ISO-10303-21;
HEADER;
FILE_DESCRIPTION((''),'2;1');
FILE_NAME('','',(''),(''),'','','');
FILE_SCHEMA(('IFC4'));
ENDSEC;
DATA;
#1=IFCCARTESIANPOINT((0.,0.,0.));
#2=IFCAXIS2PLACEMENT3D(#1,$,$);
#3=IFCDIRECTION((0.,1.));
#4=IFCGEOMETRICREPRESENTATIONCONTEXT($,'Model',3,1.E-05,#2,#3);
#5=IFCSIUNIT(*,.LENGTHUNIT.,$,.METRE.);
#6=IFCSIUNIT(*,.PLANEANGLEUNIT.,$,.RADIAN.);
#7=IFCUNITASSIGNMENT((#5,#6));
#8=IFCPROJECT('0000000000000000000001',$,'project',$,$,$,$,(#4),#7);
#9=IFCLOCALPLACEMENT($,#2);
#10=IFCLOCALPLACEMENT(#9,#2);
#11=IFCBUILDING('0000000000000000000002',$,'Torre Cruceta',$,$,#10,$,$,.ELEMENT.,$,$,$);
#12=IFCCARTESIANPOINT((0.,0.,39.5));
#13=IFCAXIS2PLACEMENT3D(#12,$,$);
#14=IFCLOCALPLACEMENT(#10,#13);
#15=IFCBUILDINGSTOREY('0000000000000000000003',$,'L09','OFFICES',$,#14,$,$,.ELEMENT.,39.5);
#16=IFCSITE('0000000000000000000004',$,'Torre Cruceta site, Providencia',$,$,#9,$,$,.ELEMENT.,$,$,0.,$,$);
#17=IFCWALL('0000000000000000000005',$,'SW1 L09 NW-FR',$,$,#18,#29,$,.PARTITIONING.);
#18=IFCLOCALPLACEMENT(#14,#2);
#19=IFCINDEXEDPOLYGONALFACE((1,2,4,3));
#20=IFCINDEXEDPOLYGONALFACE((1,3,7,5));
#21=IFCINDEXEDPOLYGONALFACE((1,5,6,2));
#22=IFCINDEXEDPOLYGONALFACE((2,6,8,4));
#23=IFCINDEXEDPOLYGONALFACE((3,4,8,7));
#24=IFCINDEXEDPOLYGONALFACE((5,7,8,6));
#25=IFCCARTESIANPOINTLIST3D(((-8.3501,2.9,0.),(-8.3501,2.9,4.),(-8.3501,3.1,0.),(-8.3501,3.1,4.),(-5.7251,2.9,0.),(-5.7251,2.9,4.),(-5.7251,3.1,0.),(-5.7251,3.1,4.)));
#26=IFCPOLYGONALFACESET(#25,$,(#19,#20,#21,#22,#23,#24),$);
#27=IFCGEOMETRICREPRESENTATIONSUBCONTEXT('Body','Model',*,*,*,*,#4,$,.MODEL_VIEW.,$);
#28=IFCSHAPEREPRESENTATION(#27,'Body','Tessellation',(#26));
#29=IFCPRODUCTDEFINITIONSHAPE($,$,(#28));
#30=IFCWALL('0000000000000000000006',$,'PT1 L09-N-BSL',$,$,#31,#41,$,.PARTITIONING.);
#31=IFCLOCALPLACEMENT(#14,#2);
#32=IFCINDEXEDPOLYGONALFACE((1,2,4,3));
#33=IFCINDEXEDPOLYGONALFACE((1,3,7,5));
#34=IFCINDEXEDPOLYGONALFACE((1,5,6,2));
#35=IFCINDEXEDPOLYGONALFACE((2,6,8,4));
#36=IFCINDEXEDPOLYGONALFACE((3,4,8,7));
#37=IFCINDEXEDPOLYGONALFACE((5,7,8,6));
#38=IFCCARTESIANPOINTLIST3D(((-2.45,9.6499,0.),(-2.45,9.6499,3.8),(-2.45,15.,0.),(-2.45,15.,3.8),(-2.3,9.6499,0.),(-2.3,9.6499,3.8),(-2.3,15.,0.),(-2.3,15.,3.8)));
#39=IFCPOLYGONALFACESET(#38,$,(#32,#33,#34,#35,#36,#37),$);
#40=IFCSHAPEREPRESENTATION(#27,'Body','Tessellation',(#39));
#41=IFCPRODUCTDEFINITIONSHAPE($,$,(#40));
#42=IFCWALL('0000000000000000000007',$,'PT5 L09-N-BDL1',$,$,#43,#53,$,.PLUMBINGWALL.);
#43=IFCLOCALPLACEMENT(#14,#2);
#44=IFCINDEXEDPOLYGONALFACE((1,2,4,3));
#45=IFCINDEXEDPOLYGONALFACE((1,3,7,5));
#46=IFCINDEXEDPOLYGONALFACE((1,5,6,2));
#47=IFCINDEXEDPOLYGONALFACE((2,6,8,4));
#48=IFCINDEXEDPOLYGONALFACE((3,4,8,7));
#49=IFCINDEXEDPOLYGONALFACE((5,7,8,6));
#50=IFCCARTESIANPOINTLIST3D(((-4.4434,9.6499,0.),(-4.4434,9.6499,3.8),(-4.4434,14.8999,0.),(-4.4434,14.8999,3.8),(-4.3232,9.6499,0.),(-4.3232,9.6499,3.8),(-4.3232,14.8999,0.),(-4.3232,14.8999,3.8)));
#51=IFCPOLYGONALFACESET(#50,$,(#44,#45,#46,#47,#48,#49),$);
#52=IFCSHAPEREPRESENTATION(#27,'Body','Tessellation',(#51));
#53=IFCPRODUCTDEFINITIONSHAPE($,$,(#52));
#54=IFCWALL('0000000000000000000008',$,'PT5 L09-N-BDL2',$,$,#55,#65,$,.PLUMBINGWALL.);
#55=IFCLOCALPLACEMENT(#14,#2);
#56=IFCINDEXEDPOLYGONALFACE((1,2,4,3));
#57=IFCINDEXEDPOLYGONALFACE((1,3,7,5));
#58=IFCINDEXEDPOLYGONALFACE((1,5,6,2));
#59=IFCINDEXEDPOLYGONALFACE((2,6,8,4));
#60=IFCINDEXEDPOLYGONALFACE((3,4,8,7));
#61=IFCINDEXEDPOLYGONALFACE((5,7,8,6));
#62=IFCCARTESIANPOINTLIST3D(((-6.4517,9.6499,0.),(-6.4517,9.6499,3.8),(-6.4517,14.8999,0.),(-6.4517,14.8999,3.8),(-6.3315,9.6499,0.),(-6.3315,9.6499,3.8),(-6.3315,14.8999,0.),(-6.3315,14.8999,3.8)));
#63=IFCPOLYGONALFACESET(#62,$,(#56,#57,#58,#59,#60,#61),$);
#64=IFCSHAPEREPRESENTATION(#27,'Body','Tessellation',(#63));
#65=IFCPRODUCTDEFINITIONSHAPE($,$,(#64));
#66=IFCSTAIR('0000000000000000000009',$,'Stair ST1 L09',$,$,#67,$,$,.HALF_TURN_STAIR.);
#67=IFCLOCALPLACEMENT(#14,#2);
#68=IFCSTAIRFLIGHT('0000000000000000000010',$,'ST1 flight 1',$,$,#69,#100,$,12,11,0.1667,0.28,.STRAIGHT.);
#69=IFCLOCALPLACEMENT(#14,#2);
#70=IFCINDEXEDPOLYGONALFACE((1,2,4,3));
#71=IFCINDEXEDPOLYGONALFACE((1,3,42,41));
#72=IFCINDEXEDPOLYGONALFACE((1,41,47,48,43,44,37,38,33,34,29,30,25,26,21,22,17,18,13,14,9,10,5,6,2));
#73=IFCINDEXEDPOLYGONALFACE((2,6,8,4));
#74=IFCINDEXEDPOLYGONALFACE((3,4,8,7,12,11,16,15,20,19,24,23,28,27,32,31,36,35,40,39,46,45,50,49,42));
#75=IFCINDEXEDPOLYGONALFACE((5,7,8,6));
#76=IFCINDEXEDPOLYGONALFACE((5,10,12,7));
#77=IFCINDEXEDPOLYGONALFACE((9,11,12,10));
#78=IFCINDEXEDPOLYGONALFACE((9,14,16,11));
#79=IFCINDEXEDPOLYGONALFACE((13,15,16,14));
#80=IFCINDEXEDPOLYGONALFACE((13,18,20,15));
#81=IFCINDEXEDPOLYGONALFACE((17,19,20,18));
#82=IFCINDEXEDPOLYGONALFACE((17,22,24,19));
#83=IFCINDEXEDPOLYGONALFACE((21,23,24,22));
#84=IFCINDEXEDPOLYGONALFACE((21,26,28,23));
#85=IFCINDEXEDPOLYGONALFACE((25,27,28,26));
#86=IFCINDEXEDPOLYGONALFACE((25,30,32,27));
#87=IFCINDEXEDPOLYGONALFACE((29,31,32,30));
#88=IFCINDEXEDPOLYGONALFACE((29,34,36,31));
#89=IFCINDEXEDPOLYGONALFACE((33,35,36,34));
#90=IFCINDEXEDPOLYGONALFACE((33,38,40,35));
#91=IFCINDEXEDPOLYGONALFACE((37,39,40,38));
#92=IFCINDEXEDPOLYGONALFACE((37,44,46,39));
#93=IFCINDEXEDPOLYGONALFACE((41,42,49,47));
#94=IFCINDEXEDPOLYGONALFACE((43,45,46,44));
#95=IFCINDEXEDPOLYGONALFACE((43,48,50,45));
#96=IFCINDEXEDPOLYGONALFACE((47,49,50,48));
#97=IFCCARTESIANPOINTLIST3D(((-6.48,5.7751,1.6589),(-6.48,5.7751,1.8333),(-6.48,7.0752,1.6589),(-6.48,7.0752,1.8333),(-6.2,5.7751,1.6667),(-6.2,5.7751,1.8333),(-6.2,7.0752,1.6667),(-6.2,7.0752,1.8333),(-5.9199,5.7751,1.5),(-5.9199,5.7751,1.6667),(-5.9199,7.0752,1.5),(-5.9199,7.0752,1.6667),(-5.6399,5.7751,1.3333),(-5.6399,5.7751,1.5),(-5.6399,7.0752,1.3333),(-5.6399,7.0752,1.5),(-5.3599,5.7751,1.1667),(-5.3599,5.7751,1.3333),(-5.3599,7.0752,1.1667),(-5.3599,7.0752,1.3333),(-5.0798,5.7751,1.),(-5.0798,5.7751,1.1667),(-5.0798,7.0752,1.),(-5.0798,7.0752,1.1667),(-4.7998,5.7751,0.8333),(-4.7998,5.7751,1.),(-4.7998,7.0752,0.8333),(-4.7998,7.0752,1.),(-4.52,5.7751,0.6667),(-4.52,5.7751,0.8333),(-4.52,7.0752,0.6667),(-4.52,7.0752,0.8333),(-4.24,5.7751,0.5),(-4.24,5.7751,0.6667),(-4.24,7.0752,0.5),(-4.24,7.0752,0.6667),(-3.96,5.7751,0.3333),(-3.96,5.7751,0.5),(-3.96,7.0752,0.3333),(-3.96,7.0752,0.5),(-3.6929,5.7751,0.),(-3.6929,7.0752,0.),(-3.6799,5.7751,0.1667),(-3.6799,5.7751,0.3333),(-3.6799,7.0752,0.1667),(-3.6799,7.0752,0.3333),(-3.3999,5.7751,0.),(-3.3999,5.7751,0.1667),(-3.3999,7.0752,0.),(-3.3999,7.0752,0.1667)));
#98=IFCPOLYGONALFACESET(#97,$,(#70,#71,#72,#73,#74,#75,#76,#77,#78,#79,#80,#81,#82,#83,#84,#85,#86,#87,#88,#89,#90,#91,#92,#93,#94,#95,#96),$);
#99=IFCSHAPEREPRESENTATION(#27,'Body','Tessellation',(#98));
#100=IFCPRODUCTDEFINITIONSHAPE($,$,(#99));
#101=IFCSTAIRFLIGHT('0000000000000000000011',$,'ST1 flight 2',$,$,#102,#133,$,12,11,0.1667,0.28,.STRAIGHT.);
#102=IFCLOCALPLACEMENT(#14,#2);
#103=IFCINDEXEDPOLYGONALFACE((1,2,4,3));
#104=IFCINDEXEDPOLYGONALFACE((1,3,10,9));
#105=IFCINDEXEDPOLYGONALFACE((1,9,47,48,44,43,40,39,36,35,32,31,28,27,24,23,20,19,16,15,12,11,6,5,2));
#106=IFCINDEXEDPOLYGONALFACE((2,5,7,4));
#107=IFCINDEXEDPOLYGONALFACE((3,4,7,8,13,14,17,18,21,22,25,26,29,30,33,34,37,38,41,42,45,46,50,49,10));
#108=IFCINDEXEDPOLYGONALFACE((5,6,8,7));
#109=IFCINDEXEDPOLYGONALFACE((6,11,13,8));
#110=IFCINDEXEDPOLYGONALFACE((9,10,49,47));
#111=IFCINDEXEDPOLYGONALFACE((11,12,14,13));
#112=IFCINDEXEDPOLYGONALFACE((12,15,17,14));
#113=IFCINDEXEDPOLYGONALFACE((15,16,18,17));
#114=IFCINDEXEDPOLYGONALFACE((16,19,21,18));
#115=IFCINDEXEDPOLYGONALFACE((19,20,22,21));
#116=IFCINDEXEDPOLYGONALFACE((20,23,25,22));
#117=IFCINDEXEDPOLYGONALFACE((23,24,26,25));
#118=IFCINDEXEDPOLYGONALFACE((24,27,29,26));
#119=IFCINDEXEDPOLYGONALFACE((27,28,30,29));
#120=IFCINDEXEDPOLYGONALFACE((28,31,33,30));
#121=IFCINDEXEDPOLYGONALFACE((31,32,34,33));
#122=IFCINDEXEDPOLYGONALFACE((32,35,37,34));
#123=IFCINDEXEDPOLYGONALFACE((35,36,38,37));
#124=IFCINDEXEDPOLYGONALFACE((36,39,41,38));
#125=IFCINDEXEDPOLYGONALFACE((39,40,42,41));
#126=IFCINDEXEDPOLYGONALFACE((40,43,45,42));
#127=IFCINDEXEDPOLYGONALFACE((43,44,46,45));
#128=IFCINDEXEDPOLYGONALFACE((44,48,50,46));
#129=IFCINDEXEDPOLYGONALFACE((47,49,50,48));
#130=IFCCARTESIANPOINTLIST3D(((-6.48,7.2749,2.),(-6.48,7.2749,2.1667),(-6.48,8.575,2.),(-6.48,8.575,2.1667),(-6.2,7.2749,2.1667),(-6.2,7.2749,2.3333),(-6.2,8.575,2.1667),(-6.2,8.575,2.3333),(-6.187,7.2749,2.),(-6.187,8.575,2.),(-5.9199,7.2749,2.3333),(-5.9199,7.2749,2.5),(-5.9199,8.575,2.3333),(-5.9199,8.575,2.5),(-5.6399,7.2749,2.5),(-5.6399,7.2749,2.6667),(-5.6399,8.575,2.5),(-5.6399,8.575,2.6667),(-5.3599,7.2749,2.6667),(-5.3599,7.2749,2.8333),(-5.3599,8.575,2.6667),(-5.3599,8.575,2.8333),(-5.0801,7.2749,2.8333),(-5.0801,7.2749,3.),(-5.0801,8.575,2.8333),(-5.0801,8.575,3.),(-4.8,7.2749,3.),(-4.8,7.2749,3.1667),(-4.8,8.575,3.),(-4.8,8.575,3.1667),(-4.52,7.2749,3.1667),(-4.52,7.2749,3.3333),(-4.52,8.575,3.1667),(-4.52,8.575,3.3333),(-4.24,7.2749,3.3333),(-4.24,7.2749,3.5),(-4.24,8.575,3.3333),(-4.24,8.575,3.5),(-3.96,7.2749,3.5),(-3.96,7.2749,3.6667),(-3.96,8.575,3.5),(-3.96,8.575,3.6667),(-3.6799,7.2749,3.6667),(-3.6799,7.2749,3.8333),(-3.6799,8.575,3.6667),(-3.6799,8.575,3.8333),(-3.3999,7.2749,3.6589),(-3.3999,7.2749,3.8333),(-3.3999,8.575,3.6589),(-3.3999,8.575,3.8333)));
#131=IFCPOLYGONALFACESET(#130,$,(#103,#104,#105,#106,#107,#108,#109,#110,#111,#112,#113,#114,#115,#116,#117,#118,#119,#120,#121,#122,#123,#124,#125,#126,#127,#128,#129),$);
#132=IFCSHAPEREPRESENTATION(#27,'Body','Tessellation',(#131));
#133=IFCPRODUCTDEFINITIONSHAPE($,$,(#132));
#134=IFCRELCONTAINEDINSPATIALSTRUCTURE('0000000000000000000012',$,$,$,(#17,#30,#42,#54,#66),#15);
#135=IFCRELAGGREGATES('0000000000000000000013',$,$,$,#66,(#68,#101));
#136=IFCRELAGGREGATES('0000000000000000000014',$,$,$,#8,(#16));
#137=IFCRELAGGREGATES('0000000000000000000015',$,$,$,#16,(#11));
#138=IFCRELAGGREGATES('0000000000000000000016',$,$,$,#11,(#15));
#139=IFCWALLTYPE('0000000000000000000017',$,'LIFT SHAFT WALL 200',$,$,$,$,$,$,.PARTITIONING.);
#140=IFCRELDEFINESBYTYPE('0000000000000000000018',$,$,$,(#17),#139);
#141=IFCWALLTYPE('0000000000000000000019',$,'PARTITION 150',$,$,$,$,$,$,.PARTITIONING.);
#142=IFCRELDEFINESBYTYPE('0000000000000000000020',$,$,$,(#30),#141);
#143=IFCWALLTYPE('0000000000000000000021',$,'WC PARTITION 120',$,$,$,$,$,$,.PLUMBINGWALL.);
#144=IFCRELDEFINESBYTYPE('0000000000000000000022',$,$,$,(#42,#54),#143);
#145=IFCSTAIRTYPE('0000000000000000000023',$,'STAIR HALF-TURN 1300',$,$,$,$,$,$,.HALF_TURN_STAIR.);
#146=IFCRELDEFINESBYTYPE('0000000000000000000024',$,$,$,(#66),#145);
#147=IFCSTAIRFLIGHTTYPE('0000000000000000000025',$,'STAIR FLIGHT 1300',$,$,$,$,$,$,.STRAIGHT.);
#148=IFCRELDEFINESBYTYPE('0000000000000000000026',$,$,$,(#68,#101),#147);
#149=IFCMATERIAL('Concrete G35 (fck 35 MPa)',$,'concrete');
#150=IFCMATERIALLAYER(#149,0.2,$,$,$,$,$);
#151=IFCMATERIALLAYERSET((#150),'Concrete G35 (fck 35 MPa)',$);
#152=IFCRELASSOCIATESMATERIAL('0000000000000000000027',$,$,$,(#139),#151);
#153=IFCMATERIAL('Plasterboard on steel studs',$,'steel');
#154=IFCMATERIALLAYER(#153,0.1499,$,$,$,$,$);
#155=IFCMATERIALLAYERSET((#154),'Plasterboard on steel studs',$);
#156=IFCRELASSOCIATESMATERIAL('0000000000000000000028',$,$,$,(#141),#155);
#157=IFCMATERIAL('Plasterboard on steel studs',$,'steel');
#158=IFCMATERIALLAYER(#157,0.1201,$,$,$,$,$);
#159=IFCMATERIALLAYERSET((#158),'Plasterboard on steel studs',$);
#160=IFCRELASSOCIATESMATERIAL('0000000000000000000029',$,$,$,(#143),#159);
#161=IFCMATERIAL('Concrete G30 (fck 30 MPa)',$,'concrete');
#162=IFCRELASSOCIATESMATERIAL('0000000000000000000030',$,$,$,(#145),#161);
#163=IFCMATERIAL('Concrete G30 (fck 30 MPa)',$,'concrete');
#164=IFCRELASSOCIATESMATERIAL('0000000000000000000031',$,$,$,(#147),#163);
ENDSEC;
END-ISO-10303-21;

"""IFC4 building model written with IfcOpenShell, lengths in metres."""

from ifc_helpers import new_model, si_unit, direction, frame, frame_2d, origin, place, context, subcontext, project, spatial, polyline, rectangle, outline, extrude, material, layer, layer_set, type_object, element, aggregate, save


model = new_model("IFC4")

# Units and contexts
model_context = context("Model", 3, precision=1e-05, world=origin(), true_north=direction((0.0, 1.0)))
body_context = subcontext(model_context, "Body", "Model", "MODEL_VIEW")
ifc_project = project(units=[si_unit("LENGTHUNIT", "METRE"), si_unit("PLANEANGLEUNIT", "RADIAN")], contexts=[model_context])

# Site, building, storey
site_placement = place(None, origin())
site = spatial("IfcSite", under=ifc_project, at=site_placement, Name="Torre Cruceta site, Providencia", CompositionType="ELEMENT", RefElevation=0.0)
building_placement = place(site_placement, origin())
building = spatial("IfcBuilding", under=site, at=building_placement, Name="Torre Cruceta", CompositionType="ELEMENT")
storey_placement = place(building_placement, frame((0.0, 0.0, 39.5)))
storey = spatial("IfcBuildingStorey", under=building, at=storey_placement, Name="L09", Description="OFFICES", CompositionType="ELEMENT", Elevation=39.5)

# Walls
ifc_material_1 = material(Name="Concrete G35 (fck 35 MPa)", Category="concrete")
ifc_layer_1 = layer(ifc_material_1, 0.2)
ifc_layer_set_1 = layer_set([ifc_layer_1], Name="Concrete G35 (fck 35 MPa)")
wall_type_1 = type_object("IfcWallType", Name="LIFT SHAFT WALL 200", PredefinedType="PARTITIONING", material=ifc_layer_set_1)
wall_1_placement = place(storey_placement, frame((-5.7251, 3.0, 0.0), z_axis=(0.0, 0.0, 1.0), x_axis=(-1.0, 0.0, 0.0)))
element("IfcWall", 1, at=wall_1_placement, inside=storey, type_object=wall_type_1, Name="SW1 L09 NW-FR", PredefinedType="PARTITIONING", context=body_context, shape_type="SweptSolid", body=[
    extrude(rectangle(XDim=2.625, YDim=0.2, at=frame_2d((1.3125, 0.0))), origin(), (0.0, 0.0, 1.0), 4.0),
])
ifc_material_2 = material(Name="Plasterboard on steel studs", Category="steel")
ifc_layer_2 = layer(ifc_material_2, 0.1499)
ifc_layer_set_2 = layer_set([ifc_layer_2], Name="Plasterboard on steel studs")
wall_type_2 = type_object("IfcWallType", Name="PARTITION 150", PredefinedType="PARTITIONING", material=ifc_layer_set_2)
wall_2_placement = place(storey_placement, frame((-2.375, 9.6499, 0.0), z_axis=(0.0, 0.0, 1.0), x_axis=(0.0, 1.0, 0.0)))
element("IfcWall", 2, at=wall_2_placement, inside=storey, type_object=wall_type_2, Name="PT1 L09-N-BSL", PredefinedType="PARTITIONING", context=body_context, shape_type="SweptSolid", body=[
    extrude(rectangle(XDim=5.3501, YDim=0.1499, at=frame_2d((2.675, 0.0))), origin(), (0.0, 0.0, 1.0), 3.8),
])
ifc_material_3 = material(Name="Plasterboard on steel studs", Category="steel")
ifc_layer_3 = layer(ifc_material_3, 0.1201)
ifc_layer_set_3 = layer_set([ifc_layer_3], Name="Plasterboard on steel studs")
wall_type_3 = type_object("IfcWallType", Name="WC PARTITION 120", PredefinedType="PLUMBINGWALL", material=ifc_layer_set_3)
for number, where, z_axis, x_axis, name in (
    (3, (-4.3833, 9.6499, 0.0), (0.0, 0.0, 1.0), (0.0, 1.0, 0.0), "PT5 L09-N-BDL1"),
    (4, (-6.3916, 9.6499, 0.0), (0.0, 0.0, 1.0), (0.0, 1.0, 0.0), "PT5 L09-N-BDL2"),
):
    element("IfcWall", number, at=place(storey_placement, frame(where, z_axis=z_axis, x_axis=x_axis)), inside=storey, type_object=wall_type_3, Name=name, PredefinedType="PLUMBINGWALL", context=body_context, shape_type="SweptSolid", body=[
        extrude(rectangle(XDim=5.25, YDim=0.1201, at=frame_2d((2.625, 0.0))), origin(), (0.0, 0.0, 1.0), 3.8),
    ])

# Stair, stair flights
ifc_material_4 = material(Name="Concrete G30 (fck 30 MPa)", Category="concrete")
stair_type = type_object("IfcStairType", Name="STAIR HALF-TURN 1300", PredefinedType="HALF_TURN_STAIR", material=ifc_material_4)
stair_placement = place(storey_placement, origin())
stair = element("IfcStair", 5, at=stair_placement, inside=storey, type_object=stair_type, Name="Stair ST1 L09", PredefinedType="HALF_TURN_STAIR")
ifc_material_5 = material(Name="Concrete G30 (fck 30 MPa)", Category="concrete")
stair_flight_type = type_object("IfcStairFlightType", Name="STAIR FLIGHT 1300", PredefinedType="STRAIGHT", material=ifc_material_5)
stair_flight_1_placement = place(storey_placement, frame((-3.3999, 6.425, 0.0), z_axis=(0.0, 0.0, 1.0), x_axis=(-1.0, 0.0, 0.0)))
stair_flight_1 = element("IfcStairFlight", 6, at=stair_flight_1_placement, type_object=stair_flight_type, Name="ST1 flight 1", NumberOfRisers=12, NumberOfTreads=11, PredefinedType="STRAIGHT", RiserHeight=0.1667, TreadLength=0.28, context=body_context, shape_type="SweptSolid", body=[
    extrude(outline(polyline([(0.0, 0.0), (0.0, 0.1667), (0.28, 0.1667), (0.28, 0.3333), (0.5601, 0.3333), (0.5601, 0.5), (0.8401, 0.5), (0.8401, 0.6667), (1.1201, 0.6667), (1.1201, 0.8333), (1.3999, 0.8333), (1.3999, 1.0), (1.6799, 1.0), (1.6799, 1.1667), (1.96, 1.1667), (1.96, 1.3333), (2.24, 1.3333), (2.24, 1.5), (2.52, 1.5), (2.52, 1.6667), (2.8, 1.6667), (2.8, 1.8333), (3.0801, 1.8333), (3.0801, 2.0), (3.0801, 1.6589), (0.293, 0.0), (0.0, 0.0)])), frame((0.0, 0.6499, 0.0), z_axis=(0.0, -1.0, 0.0), x_axis=(1.0, 0.0, 0.0)), (0.0, 0.0, 1.0), 1.3),
])
stair_flight_2_placement = place(storey_placement, frame((-6.48, 7.925, 2.0), z_axis=(0.0, 0.0, 1.0), x_axis=(1.0, 0.0, 0.0)))
stair_flight_2 = element("IfcStairFlight", 7, at=stair_flight_2_placement, type_object=stair_flight_type, Name="ST1 flight 2", NumberOfRisers=12, NumberOfTreads=11, PredefinedType="STRAIGHT", RiserHeight=0.1667, TreadLength=0.28, context=body_context, shape_type="SweptSolid", body=[
    extrude(outline(polyline([(0.0, 0.0), (0.0, 0.1667), (0.28, 0.1667), (0.28, 0.3333), (0.5601, 0.3333), (0.5601, 0.5), (0.8401, 0.5), (0.8401, 0.6667), (1.1201, 0.6667), (1.1201, 0.8333), (1.3999, 0.8333), (1.3999, 1.0), (1.6799, 1.0), (1.6799, 1.1667), (1.96, 1.1667), (1.96, 1.3333), (2.24, 1.3333), (2.24, 1.5), (2.52, 1.5), (2.52, 1.6667), (2.8, 1.6667), (2.8, 1.8333), (3.0801, 1.8333), (3.0801, 2.0), (3.0801, 1.6589), (0.293, 0.0), (0.0, 0.0)])), frame((0.0, 0.6499, 0.0), z_axis=(0.0, -1.0, 0.0), x_axis=(1.0, 0.0, 0.0)), (0.0, 0.0, 1.0), 1.3),
])
aggregate(stair, [stair_flight_1, stair_flight_2])

save(model, "model.ifc")
